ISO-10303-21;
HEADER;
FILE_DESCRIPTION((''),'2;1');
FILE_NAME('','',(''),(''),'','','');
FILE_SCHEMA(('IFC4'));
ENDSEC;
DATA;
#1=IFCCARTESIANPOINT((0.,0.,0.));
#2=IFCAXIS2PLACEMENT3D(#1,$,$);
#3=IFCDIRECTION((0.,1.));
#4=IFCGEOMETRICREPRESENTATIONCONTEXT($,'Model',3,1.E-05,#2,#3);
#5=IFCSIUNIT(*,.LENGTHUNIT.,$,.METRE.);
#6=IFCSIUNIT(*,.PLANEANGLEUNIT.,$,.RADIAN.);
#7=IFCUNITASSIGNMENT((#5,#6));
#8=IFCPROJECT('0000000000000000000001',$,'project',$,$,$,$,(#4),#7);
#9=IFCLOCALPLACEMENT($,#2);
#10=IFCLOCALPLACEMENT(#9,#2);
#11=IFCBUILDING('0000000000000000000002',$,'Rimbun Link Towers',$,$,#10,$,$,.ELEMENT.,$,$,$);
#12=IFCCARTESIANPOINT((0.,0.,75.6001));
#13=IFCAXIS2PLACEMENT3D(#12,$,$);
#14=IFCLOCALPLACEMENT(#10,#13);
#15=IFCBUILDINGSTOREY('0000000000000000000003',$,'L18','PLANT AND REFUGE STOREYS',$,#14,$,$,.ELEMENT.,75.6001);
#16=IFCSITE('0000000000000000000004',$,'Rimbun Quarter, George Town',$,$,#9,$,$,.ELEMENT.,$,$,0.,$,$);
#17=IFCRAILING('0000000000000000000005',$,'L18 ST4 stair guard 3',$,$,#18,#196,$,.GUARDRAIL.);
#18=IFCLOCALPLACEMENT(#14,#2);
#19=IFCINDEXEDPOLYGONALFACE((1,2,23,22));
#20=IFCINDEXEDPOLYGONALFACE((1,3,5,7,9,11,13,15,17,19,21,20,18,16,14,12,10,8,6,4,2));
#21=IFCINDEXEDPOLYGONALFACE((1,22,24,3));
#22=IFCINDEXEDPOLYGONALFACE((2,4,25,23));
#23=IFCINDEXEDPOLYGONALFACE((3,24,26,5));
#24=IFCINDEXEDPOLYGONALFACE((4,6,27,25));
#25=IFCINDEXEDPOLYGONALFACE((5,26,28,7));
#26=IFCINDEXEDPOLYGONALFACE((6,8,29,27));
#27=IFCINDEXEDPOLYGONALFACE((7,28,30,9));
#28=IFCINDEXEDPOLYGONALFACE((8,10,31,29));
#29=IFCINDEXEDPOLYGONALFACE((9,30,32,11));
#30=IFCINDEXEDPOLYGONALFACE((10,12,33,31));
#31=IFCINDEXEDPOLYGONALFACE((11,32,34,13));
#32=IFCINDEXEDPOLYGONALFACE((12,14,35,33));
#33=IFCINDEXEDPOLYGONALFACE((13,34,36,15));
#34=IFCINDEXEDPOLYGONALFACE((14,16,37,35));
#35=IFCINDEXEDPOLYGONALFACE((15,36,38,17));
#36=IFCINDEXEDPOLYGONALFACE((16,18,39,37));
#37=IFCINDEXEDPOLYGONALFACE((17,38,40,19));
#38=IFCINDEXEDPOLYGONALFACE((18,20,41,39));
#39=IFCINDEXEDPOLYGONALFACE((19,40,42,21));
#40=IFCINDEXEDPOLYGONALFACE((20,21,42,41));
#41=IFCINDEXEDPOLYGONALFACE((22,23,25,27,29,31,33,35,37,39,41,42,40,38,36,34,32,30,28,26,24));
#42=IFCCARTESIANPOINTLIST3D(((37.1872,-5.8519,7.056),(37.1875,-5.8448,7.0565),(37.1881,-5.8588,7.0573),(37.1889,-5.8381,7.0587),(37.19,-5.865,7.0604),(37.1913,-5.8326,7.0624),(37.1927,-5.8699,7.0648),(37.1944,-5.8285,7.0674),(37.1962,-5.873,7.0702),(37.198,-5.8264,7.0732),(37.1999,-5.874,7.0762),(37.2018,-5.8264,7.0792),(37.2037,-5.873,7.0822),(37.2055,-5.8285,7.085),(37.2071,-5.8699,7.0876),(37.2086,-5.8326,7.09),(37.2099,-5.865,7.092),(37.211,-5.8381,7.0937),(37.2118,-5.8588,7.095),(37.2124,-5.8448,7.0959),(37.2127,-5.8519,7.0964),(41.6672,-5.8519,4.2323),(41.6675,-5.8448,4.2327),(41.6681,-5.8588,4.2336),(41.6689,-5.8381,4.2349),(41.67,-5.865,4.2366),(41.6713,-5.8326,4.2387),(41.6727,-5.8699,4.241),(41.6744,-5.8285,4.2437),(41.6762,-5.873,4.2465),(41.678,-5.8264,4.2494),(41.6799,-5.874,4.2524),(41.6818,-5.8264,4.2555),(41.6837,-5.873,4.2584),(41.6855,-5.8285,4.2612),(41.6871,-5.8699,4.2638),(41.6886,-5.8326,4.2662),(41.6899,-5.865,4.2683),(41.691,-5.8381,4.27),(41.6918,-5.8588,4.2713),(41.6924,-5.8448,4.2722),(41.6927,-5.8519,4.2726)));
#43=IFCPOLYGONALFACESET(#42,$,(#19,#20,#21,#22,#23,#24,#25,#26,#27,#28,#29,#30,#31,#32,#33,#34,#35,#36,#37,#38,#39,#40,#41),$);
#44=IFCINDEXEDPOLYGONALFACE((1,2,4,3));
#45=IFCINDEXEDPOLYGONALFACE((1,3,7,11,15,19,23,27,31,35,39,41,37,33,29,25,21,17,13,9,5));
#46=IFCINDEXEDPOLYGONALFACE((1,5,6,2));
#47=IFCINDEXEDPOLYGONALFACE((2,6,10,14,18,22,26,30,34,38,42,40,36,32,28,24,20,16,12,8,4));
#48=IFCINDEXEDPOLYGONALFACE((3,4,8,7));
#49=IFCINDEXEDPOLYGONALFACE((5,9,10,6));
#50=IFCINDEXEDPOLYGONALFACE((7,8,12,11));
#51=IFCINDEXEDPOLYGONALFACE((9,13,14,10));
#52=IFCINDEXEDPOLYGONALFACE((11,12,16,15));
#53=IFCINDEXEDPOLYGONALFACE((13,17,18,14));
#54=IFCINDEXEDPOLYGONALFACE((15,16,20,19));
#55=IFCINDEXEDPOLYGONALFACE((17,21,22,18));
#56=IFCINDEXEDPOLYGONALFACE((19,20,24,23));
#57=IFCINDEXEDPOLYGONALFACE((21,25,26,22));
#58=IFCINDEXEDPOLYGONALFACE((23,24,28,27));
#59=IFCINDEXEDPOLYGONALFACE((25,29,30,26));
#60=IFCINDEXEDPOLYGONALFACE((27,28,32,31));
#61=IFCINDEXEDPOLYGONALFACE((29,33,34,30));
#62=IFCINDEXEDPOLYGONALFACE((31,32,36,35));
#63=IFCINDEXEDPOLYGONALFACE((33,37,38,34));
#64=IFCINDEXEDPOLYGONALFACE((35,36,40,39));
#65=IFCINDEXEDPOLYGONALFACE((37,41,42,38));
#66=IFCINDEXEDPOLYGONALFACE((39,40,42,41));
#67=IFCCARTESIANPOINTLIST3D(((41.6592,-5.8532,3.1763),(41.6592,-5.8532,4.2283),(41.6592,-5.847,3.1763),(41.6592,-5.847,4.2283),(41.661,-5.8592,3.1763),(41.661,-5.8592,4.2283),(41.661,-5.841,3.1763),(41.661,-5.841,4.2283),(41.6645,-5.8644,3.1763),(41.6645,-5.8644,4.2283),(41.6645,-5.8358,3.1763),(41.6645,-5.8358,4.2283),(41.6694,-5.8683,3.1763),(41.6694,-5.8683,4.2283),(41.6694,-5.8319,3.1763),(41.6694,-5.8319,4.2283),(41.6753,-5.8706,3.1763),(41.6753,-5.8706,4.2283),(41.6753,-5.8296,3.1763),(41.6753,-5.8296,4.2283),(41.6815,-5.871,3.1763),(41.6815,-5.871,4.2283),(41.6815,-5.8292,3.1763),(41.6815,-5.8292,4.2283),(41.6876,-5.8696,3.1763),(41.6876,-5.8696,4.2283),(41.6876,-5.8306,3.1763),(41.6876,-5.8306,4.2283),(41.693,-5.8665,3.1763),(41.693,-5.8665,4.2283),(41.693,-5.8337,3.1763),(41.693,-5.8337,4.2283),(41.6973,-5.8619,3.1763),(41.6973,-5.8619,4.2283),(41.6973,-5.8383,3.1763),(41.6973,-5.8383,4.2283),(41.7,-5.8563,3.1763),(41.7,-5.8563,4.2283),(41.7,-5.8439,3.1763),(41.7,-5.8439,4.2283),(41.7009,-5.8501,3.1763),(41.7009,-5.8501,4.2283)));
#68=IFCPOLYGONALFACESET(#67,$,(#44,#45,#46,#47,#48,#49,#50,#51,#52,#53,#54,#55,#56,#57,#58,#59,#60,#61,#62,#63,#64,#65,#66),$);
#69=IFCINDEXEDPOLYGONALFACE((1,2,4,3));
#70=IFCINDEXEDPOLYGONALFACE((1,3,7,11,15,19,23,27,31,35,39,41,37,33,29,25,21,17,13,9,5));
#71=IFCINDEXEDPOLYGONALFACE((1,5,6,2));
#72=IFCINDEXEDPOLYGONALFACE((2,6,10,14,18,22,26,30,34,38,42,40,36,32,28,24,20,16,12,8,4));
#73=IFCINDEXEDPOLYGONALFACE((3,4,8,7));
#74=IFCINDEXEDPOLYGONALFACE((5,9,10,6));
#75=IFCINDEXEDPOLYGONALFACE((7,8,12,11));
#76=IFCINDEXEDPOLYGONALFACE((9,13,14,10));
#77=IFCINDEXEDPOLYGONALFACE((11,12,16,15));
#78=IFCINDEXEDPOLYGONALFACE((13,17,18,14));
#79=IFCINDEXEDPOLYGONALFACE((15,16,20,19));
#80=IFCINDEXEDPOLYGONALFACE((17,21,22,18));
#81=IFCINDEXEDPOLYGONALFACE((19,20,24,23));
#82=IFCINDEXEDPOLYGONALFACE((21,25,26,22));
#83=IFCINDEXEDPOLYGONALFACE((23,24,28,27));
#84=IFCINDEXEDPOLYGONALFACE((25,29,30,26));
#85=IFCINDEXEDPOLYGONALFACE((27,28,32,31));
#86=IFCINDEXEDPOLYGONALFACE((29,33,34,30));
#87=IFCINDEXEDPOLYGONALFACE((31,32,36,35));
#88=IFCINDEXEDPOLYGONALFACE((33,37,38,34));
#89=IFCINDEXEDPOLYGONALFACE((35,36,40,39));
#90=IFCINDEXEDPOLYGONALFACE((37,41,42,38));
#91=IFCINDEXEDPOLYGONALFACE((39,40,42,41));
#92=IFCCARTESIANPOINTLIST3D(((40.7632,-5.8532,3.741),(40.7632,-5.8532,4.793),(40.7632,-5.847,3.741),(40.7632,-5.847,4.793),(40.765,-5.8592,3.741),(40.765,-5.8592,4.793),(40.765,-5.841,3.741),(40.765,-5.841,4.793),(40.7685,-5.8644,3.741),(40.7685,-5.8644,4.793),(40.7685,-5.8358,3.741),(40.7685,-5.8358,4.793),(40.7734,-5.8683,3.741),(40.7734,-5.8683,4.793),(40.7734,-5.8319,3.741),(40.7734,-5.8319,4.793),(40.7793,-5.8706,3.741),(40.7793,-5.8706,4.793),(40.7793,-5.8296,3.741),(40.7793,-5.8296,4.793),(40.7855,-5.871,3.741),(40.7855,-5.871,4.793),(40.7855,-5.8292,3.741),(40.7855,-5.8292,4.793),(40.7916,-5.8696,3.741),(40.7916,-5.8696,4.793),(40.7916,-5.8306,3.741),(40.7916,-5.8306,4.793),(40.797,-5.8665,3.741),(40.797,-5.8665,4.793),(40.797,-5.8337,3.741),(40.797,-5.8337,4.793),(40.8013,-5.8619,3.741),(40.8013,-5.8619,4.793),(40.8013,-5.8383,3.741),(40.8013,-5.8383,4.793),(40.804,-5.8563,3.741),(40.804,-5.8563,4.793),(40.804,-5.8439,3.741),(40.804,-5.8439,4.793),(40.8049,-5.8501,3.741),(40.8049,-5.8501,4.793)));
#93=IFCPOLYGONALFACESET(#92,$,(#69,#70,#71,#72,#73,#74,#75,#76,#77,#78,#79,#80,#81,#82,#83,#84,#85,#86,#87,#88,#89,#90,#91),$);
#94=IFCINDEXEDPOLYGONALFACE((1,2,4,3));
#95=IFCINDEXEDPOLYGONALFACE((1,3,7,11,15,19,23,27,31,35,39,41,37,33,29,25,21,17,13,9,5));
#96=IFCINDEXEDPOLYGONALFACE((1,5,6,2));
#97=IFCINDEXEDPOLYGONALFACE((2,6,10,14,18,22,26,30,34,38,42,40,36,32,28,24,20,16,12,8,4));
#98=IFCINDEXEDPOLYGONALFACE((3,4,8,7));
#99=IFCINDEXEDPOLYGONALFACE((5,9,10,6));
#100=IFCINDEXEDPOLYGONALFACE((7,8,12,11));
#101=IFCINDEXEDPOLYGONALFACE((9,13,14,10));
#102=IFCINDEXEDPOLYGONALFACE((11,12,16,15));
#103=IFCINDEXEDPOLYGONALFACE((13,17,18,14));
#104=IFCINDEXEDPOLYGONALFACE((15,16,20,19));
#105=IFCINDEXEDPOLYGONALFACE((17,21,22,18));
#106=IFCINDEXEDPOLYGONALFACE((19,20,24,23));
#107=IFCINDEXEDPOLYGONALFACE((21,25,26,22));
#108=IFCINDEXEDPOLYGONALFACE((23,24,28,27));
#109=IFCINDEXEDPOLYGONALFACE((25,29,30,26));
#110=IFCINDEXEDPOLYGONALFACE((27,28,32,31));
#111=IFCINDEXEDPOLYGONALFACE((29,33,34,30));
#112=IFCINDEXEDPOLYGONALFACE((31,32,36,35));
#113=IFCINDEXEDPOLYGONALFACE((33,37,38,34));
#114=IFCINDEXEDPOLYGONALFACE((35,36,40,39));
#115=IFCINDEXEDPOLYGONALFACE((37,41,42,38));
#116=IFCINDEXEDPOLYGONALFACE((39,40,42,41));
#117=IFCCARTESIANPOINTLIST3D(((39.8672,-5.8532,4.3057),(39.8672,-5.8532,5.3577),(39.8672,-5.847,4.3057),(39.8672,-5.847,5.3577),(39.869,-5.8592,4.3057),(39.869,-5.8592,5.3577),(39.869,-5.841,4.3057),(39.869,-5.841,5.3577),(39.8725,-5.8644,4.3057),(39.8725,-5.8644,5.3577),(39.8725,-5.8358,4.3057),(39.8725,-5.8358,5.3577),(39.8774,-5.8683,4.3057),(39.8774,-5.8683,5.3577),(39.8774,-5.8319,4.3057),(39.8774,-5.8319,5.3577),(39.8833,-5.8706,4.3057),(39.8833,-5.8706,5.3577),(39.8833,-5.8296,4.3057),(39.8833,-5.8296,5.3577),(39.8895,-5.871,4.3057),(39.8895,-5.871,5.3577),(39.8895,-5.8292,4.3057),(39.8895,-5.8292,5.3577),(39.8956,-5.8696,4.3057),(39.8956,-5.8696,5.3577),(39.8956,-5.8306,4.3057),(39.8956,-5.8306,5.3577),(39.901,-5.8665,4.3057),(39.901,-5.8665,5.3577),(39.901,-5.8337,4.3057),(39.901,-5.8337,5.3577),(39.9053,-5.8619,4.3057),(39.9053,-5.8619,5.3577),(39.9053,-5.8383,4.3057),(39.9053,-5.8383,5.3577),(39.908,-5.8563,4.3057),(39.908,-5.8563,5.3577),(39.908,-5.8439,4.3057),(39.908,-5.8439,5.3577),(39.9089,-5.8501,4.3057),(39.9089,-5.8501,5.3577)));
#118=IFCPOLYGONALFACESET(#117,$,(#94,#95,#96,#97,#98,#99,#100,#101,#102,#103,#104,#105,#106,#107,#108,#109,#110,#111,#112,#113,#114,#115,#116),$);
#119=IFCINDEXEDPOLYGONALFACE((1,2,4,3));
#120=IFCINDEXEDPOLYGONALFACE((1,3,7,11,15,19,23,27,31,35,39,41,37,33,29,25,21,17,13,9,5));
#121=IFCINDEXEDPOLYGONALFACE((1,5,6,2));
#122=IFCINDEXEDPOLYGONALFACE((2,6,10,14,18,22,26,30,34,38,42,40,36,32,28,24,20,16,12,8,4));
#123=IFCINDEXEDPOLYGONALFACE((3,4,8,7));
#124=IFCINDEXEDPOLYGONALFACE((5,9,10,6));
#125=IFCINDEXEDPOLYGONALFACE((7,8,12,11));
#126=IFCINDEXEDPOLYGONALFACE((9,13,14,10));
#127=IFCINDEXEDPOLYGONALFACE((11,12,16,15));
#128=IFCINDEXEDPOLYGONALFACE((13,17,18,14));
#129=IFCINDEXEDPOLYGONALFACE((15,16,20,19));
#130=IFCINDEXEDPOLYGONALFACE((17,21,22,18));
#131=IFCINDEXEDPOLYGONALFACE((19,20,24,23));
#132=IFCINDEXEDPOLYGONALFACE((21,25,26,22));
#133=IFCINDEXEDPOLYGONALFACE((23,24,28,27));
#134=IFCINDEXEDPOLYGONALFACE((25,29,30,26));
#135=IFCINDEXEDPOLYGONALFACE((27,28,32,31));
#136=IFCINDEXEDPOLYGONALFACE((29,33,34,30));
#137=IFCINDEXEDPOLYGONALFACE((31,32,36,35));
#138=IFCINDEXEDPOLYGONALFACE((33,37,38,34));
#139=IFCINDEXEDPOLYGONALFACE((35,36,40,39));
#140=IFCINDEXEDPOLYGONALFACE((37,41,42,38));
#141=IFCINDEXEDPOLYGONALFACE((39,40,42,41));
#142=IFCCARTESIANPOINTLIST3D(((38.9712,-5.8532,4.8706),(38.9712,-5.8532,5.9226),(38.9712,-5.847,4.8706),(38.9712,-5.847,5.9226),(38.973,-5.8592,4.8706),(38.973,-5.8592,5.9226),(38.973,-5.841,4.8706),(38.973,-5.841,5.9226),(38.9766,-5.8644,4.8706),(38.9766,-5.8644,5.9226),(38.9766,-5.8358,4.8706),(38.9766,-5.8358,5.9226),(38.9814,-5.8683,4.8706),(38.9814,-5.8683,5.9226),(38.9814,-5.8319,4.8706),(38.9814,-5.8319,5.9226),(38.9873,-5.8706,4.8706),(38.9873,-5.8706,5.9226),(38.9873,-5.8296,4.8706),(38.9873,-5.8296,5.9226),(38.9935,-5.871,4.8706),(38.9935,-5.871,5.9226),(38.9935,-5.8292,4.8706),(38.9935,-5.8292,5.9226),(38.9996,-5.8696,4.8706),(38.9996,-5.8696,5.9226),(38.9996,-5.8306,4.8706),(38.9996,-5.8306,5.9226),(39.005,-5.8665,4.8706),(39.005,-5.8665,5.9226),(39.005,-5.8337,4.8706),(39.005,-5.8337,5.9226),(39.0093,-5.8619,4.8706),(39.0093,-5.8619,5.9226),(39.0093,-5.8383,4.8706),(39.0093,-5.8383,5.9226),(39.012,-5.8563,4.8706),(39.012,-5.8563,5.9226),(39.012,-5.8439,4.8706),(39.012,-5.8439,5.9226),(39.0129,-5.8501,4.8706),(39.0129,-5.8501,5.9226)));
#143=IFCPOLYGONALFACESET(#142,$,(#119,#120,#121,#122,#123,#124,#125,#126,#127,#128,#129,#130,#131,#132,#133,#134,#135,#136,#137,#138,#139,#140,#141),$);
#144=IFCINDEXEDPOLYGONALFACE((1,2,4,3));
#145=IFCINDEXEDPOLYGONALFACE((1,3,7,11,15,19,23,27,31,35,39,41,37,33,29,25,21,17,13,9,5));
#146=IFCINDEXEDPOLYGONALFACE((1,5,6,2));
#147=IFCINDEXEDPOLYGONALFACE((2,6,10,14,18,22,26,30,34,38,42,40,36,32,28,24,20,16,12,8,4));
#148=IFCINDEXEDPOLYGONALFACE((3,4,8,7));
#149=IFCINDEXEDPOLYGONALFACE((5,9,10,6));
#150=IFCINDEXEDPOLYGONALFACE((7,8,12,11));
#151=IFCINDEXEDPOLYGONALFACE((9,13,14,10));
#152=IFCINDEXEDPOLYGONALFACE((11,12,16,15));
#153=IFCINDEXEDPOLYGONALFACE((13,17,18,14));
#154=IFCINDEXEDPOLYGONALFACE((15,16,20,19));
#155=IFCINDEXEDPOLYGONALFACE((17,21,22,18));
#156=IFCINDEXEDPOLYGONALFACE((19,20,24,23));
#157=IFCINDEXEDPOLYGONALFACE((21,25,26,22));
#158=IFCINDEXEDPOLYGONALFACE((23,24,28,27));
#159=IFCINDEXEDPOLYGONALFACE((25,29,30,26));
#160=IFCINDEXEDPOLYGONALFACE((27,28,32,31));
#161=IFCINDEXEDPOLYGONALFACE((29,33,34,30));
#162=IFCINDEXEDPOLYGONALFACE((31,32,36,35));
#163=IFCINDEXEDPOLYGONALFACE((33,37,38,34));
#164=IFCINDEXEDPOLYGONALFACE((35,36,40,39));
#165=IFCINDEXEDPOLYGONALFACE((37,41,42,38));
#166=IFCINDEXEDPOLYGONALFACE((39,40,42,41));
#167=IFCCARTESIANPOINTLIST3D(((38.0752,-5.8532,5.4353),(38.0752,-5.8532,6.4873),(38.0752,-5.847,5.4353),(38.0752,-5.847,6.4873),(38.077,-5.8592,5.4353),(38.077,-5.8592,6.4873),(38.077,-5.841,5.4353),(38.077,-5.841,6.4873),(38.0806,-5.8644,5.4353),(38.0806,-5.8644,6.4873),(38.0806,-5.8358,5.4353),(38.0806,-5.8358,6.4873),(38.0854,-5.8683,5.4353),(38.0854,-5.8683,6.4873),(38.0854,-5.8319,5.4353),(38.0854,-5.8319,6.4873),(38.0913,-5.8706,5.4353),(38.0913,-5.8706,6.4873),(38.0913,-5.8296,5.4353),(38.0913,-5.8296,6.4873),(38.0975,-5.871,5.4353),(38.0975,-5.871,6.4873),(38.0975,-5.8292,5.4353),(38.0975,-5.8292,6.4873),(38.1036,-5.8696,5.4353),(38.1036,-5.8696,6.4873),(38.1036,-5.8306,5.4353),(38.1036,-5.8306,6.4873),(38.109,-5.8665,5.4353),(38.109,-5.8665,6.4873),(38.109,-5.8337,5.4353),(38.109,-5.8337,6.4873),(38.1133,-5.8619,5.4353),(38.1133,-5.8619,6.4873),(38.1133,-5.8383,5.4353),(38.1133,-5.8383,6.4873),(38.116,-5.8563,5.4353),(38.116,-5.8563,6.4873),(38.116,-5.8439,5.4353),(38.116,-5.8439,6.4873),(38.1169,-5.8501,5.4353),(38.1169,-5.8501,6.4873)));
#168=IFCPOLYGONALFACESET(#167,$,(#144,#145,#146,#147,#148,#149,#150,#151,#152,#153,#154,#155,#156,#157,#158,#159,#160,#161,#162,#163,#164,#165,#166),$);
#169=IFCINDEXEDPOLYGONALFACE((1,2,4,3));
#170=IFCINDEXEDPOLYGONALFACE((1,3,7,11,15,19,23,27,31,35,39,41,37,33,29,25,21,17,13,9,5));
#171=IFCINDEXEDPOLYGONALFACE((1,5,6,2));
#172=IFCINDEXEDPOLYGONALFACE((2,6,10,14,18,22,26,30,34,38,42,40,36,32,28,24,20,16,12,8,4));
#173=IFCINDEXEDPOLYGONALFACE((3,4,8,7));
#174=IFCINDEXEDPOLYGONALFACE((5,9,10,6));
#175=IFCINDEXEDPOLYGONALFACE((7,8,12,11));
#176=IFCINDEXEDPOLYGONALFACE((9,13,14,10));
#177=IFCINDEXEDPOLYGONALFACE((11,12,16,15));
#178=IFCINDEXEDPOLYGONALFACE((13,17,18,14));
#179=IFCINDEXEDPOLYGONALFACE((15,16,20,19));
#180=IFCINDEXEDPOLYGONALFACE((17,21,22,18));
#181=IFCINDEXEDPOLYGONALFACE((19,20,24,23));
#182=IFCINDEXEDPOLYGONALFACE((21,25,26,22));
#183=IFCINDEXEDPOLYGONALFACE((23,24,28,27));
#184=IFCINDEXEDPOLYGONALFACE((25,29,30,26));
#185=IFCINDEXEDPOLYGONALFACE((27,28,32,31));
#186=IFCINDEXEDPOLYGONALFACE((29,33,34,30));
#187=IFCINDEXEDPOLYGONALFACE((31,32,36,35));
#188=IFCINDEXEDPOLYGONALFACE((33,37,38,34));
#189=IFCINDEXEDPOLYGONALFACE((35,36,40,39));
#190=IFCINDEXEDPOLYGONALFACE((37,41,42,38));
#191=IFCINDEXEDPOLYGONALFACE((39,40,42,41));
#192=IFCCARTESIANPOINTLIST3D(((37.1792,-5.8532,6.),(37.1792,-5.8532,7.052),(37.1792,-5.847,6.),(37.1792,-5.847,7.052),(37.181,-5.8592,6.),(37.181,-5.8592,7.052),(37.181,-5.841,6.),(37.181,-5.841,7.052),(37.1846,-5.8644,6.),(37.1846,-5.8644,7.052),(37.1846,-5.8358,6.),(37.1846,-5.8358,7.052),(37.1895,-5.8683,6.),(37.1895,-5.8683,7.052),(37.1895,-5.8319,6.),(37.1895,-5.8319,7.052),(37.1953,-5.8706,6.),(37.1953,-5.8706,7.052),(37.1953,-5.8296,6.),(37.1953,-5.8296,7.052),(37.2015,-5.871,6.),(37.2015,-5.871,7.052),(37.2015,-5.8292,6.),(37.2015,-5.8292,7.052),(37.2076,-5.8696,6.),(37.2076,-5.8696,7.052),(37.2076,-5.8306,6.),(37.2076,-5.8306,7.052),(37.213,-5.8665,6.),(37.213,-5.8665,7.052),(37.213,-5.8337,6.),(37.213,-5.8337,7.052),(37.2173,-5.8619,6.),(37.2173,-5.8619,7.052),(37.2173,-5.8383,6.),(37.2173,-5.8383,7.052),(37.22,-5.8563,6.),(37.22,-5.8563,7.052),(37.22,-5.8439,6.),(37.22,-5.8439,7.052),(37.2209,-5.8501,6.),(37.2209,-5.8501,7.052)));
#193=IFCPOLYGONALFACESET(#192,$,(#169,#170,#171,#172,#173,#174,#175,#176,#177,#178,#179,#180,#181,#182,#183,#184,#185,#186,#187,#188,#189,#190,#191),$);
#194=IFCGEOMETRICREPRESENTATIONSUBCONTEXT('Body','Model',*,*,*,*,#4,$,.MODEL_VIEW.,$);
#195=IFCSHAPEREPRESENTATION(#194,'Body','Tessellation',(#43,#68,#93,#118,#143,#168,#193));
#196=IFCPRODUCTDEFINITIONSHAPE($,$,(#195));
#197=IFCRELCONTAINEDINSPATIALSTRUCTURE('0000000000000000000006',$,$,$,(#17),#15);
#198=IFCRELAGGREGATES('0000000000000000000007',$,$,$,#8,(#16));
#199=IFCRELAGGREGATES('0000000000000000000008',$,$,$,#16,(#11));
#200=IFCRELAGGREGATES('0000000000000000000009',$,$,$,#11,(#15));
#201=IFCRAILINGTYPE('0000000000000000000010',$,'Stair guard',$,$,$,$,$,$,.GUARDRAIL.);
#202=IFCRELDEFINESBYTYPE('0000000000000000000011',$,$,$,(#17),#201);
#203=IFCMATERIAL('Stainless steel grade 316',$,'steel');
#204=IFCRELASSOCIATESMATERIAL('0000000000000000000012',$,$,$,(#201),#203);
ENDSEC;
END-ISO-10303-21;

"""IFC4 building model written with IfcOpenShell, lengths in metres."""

from ifc_helpers import new_model, si_unit, direction, frame, origin, origin_2d, place, context, subcontext, project, spatial, circle, extrude, material, type_object, element, save


model = new_model("IFC4")

# Units and contexts
model_context = context("Model", 3, precision=1e-05, world=origin(), true_north=direction((0.0, 1.0)))
body_context = subcontext(model_context, "Body", "Model", "MODEL_VIEW")
ifc_project = project(units=[si_unit("LENGTHUNIT", "METRE"), si_unit("PLANEANGLEUNIT", "RADIAN")], contexts=[model_context])

# Site, building, storey
site_placement = place(None, origin())
site = spatial("IfcSite", under=ifc_project, at=site_placement, Name="Rimbun Quarter, George Town", CompositionType="ELEMENT", RefElevation=0.0)
building_placement = place(site_placement, origin())
building = spatial("IfcBuilding", under=site, at=building_placement, Name="Rimbun Link Towers", CompositionType="ELEMENT")
storey_placement = place(building_placement, frame((0.0, 0.0, 75.6001)))
storey = spatial("IfcBuildingStorey", under=building, at=storey_placement, Name="L18", Description="PLANT AND REFUGE STOREYS", CompositionType="ELEMENT", Elevation=75.6001)

# Railing
ifc_material_1 = material(Name="Stainless steel grade 316", Category="steel")
railing_type_1 = type_object("IfcRailingType", Name="Stair guard", PredefinedType="GUARDRAIL", material=ifc_material_1)
railing_1_placement = place(storey_placement, frame((41.6799, -5.8501, 3.1763)))
element("IfcRailing", 1, at=railing_1_placement, inside=storey, type_object=railing_type_1, Name="L18 ST4 stair guard 3", PredefinedType="GUARDRAIL", context=body_context, shape_type="SweptSolid", body=[
    extrude(circle(Radius=0.0239, at=origin_2d()), frame((0.0, 0.0, 1.0762), z_axis=(-0.845977, 0.0, 0.533219), x_axis=(0.0, -1.0, 0.0)), (0.0, 0.0, 1.0), 5.2957),
    extrude(circle(Radius=0.021, at=origin_2d()), origin(), (0.0, 0.0, 1.0), 1.052),
    extrude(circle(Radius=0.021, at=origin_2d()), frame((-0.896, 0.0, 0.5647)), (0.0, 0.0, 1.0), 1.052),
    extrude(circle(Radius=0.021, at=origin_2d()), frame((-1.792, 0.0, 1.1294)), (0.0, 0.0, 1.0), 1.052),
    extrude(circle(Radius=0.021, at=origin_2d()), frame((-2.688, 0.0, 1.6943)), (0.0, 0.0, 1.0), 1.052),
    extrude(circle(Radius=0.021, at=origin_2d()), frame((-3.584, 0.0, 2.259)), (0.0, 0.0, 1.0), 1.052),
    extrude(circle(Radius=0.021, at=origin_2d()), frame((-4.48, 0.0, 2.8237)), (0.0, 0.0, 1.0), 1.052),
])

save(model, "model.ifc")
